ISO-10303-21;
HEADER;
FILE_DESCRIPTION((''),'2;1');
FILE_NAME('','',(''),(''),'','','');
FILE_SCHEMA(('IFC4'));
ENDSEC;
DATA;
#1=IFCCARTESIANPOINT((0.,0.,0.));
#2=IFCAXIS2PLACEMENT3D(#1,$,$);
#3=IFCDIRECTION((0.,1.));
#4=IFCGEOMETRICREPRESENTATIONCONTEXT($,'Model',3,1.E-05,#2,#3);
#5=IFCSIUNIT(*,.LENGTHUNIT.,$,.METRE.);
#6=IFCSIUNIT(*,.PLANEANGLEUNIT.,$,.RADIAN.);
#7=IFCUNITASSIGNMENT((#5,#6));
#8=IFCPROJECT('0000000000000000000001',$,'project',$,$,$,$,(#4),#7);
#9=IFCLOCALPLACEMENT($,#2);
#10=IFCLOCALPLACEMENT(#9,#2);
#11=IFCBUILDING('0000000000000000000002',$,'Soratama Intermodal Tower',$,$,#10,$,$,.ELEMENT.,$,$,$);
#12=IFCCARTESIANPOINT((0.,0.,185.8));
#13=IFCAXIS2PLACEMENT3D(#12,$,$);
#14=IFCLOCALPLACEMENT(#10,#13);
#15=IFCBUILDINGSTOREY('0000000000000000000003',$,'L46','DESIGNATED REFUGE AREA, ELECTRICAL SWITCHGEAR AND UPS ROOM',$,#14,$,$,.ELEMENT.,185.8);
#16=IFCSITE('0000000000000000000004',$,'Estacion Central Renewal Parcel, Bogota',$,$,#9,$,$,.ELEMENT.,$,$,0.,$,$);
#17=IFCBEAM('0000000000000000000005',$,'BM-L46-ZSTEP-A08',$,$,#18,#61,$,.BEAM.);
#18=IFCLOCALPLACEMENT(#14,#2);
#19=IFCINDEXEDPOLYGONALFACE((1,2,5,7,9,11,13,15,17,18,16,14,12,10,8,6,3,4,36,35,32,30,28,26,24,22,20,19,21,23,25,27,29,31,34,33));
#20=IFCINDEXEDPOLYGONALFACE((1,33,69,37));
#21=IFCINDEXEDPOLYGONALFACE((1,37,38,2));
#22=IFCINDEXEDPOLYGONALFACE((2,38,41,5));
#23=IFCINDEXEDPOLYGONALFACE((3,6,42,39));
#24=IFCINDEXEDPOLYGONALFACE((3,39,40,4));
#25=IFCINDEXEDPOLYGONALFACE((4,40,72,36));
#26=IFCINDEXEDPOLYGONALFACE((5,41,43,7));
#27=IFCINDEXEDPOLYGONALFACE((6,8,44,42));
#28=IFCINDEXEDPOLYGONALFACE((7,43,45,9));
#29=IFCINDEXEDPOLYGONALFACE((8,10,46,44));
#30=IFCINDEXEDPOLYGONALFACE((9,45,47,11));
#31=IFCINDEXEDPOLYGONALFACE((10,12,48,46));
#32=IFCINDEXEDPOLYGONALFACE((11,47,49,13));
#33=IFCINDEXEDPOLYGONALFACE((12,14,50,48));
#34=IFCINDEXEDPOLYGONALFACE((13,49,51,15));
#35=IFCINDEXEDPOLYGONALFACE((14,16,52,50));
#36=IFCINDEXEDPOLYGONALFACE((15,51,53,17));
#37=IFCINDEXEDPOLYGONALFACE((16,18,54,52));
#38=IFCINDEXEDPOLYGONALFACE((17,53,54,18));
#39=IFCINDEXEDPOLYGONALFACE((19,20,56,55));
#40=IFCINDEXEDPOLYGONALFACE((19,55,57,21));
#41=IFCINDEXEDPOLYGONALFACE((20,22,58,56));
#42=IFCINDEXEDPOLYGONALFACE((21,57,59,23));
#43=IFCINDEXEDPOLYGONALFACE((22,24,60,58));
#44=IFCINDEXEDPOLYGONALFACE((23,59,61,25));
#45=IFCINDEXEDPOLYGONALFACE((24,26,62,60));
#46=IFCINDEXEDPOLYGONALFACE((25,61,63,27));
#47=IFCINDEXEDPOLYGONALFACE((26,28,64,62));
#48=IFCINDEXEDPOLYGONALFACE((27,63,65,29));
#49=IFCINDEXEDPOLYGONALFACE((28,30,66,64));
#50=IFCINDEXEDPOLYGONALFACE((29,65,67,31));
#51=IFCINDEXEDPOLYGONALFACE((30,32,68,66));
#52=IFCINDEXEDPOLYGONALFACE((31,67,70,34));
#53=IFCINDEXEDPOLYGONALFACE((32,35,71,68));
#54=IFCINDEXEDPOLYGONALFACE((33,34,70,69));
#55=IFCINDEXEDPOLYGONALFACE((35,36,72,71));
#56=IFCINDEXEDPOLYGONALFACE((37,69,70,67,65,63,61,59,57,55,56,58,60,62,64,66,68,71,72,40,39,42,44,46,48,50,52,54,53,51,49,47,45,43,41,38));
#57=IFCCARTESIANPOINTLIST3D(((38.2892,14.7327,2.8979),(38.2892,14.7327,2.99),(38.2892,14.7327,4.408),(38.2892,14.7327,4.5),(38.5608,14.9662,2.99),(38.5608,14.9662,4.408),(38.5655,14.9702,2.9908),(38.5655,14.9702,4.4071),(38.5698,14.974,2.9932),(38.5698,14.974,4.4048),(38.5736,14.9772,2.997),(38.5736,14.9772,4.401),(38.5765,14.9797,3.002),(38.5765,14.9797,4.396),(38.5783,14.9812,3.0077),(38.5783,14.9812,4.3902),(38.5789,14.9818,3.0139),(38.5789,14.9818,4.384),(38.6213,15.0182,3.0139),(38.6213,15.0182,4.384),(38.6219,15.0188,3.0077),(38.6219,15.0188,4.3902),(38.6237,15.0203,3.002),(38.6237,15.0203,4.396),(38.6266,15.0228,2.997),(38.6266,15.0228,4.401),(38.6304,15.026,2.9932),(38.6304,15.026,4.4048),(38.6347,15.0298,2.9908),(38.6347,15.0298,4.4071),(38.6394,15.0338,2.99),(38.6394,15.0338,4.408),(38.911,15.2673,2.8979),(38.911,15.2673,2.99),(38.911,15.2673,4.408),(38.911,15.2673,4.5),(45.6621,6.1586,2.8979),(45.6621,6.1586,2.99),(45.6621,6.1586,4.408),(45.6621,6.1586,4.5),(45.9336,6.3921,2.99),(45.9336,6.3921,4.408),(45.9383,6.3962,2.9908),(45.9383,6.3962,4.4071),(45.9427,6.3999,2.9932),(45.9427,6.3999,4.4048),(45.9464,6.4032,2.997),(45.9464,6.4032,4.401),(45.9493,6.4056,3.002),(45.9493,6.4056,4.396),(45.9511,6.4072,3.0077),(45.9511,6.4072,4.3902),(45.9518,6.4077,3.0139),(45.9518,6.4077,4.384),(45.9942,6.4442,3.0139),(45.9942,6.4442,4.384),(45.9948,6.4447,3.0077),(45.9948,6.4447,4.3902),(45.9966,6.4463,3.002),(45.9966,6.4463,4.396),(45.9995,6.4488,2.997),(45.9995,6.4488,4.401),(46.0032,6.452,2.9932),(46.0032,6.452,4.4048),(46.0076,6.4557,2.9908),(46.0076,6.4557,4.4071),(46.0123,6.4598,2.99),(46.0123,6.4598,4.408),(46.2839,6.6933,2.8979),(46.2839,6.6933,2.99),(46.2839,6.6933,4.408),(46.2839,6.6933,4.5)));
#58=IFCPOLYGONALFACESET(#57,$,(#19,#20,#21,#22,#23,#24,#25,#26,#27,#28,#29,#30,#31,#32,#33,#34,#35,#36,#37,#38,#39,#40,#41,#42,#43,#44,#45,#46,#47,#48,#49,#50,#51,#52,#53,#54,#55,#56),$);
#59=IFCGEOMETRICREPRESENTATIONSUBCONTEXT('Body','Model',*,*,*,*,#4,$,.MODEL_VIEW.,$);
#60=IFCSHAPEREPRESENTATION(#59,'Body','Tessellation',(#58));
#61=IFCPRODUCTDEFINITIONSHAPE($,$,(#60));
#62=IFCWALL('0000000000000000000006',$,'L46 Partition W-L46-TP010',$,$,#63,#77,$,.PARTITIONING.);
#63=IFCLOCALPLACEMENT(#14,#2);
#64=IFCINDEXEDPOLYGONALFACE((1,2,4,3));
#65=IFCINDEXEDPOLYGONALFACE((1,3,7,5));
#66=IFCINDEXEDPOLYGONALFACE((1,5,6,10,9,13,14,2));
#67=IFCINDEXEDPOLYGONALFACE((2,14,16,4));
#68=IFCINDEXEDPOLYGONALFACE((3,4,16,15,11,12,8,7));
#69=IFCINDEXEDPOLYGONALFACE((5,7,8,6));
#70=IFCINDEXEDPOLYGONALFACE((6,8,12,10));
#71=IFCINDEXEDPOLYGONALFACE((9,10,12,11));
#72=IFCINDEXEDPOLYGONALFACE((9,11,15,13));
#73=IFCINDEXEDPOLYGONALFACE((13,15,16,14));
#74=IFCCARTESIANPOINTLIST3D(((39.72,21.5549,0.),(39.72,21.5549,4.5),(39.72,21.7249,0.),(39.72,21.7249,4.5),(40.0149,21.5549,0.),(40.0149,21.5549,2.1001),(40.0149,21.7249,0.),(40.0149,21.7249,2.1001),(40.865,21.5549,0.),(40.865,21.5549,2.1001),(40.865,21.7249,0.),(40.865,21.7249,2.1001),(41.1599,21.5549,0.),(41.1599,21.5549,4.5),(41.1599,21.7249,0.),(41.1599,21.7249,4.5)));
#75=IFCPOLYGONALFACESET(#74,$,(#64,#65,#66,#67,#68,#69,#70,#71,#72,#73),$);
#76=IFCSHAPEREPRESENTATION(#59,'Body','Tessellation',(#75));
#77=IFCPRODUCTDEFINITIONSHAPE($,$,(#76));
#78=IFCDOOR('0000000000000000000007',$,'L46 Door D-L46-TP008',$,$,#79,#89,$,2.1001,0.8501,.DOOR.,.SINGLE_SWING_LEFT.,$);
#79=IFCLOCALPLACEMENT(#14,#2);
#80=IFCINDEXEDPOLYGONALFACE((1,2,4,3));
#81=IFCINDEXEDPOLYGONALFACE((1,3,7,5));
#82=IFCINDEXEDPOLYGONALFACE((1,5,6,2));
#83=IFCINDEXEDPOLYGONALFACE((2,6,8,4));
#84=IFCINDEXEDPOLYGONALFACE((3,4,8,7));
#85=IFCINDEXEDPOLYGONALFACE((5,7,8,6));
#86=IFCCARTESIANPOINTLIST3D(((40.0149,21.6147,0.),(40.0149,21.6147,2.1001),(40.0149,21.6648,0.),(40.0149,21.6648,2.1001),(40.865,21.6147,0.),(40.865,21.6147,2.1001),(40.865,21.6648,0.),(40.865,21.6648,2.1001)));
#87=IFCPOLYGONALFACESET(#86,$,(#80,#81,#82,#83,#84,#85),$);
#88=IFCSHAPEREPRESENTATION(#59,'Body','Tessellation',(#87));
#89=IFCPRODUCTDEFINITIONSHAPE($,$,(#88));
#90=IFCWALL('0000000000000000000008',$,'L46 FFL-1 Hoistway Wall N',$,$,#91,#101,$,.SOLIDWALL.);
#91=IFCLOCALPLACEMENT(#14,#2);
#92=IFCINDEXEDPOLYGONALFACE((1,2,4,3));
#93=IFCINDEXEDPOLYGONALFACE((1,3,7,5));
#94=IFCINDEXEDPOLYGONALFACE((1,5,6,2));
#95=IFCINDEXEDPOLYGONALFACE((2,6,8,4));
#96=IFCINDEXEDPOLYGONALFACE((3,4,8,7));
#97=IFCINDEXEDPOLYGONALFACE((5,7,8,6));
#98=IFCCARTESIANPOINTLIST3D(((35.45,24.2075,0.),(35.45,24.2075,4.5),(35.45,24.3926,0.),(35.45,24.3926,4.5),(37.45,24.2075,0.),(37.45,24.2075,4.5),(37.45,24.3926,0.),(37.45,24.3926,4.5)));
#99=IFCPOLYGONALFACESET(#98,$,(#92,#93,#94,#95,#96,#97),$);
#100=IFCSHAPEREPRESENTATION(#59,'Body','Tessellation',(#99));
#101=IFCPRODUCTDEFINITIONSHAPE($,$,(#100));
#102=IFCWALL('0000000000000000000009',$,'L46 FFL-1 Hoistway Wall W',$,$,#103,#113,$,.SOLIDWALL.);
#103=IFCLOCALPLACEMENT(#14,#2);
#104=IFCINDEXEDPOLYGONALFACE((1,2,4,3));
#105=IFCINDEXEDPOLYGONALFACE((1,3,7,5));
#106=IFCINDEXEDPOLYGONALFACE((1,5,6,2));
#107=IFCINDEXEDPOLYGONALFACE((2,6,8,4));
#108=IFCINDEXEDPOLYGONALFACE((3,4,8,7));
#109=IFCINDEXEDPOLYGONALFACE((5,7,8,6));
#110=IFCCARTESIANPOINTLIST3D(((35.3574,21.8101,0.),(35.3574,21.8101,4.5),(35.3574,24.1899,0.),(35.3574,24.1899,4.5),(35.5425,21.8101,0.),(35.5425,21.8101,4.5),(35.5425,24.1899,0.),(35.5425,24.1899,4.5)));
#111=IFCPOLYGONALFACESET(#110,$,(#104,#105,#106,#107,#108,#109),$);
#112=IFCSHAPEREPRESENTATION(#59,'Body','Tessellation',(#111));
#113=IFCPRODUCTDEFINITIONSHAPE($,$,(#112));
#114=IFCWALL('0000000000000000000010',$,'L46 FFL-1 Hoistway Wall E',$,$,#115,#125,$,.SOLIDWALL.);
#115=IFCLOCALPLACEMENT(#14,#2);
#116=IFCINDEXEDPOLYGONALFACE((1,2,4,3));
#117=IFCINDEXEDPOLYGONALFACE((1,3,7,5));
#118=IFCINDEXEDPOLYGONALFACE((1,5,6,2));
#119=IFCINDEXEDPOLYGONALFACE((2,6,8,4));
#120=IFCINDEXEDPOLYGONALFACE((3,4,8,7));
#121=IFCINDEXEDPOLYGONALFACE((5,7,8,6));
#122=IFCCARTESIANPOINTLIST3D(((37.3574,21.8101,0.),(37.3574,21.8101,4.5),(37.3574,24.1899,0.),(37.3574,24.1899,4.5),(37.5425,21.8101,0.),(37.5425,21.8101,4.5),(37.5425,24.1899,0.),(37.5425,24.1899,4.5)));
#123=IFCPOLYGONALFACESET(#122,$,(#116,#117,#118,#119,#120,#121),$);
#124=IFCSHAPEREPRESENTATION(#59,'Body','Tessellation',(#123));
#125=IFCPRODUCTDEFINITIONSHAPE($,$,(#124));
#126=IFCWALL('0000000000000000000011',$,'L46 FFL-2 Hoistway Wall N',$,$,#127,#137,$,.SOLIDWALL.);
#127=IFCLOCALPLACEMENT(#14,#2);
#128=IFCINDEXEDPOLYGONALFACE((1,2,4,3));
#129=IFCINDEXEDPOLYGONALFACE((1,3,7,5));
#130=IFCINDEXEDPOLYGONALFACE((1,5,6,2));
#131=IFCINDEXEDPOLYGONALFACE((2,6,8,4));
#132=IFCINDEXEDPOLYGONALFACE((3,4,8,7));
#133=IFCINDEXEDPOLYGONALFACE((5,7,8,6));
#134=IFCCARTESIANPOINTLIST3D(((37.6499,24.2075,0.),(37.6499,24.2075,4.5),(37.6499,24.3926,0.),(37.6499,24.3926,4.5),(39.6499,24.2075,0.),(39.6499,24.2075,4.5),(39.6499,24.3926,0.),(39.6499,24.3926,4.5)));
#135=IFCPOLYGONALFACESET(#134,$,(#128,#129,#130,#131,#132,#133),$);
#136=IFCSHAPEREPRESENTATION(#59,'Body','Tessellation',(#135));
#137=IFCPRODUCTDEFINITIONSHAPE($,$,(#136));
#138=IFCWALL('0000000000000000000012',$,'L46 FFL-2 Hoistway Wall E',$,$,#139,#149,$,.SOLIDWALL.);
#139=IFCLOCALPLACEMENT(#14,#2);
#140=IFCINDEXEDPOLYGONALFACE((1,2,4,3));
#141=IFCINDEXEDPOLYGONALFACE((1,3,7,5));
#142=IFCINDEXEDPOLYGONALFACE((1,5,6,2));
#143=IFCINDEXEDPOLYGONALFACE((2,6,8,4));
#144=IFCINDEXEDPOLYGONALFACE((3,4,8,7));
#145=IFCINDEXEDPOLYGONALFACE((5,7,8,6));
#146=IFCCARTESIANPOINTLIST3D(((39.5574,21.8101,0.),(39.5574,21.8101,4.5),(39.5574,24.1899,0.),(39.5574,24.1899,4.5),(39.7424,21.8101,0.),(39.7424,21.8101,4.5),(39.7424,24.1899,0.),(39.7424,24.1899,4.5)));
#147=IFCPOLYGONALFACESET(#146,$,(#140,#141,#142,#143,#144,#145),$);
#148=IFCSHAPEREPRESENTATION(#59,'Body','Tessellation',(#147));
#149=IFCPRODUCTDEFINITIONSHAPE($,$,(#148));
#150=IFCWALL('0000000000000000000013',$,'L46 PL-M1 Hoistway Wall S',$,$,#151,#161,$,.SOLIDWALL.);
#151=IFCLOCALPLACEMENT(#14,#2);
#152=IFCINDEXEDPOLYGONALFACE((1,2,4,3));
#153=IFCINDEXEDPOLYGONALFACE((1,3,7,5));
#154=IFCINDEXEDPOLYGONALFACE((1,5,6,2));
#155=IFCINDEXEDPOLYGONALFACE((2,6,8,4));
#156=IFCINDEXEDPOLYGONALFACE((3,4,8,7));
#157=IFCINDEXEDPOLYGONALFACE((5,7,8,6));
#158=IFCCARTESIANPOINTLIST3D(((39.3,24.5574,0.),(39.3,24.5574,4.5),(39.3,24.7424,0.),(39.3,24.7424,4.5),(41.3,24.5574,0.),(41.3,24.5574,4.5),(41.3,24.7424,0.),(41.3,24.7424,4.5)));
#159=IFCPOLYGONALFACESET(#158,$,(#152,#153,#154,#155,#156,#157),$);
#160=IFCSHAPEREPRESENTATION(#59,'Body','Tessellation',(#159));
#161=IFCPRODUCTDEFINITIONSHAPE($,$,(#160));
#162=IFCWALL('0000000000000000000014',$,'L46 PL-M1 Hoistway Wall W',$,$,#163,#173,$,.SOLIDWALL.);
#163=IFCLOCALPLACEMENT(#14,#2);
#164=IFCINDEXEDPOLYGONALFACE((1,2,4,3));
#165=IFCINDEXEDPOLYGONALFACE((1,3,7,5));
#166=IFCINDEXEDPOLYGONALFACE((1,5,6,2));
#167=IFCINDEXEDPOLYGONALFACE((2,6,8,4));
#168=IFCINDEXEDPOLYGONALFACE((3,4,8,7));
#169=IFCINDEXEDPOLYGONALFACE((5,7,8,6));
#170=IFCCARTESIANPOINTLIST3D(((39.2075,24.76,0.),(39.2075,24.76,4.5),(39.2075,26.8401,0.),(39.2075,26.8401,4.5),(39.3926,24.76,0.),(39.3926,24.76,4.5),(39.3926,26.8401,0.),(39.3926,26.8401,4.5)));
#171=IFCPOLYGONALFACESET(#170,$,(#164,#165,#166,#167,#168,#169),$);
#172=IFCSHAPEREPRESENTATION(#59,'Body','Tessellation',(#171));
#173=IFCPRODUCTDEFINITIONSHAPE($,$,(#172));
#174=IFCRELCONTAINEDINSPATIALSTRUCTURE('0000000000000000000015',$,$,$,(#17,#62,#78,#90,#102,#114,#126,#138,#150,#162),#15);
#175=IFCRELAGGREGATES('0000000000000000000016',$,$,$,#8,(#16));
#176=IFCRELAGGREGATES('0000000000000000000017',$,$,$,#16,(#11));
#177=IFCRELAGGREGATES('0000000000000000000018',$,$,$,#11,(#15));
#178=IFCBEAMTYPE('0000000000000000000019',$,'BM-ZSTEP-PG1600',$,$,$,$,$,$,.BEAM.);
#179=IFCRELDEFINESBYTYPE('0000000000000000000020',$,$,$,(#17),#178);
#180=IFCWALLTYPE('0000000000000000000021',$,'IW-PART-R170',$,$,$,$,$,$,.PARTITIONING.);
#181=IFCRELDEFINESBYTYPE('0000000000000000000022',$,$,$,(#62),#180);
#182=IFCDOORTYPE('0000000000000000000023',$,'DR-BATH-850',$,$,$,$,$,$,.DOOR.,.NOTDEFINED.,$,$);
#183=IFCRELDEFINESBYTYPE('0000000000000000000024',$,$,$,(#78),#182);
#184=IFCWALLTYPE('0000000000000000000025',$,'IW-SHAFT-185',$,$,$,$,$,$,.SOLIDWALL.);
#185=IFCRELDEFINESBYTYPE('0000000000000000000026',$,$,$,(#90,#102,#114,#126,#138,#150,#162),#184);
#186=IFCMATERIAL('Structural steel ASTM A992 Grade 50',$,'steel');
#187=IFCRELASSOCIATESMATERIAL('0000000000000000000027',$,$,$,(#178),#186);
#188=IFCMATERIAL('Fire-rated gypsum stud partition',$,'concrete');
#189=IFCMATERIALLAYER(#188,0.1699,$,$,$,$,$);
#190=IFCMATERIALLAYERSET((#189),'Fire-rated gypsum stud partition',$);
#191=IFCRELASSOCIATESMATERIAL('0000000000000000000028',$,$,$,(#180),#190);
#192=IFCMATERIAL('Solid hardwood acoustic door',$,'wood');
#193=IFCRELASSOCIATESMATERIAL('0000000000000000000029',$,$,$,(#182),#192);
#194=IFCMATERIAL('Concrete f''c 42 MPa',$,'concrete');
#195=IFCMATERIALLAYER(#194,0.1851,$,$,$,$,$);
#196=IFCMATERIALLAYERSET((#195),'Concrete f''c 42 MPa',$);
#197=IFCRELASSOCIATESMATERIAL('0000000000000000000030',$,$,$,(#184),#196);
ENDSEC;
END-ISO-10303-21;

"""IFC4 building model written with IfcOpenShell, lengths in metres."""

from ifc_helpers import new_model, si_unit, direction, frame, frame_2d, origin, origin_2d, place, context, subcontext, project, spatial, rectangle, i_section, extrude, material, layer, layer_set, material_profile, profile_set, type_object, element, fill, save


model = new_model("IFC4")

# Units and contexts
model_context = context("Model", 3, precision=1e-05, world=origin(), true_north=direction((0.0, 1.0)))
body_context = subcontext(model_context, "Body", "Model", "MODEL_VIEW")
ifc_project = project(units=[si_unit("LENGTHUNIT", "METRE"), si_unit("PLANEANGLEUNIT", "RADIAN")], contexts=[model_context])

# Site, building, storey
site_placement = place(None, origin())
site = spatial("IfcSite", under=ifc_project, at=site_placement, Name="Estacion Central Renewal Parcel, Bogota", CompositionType="ELEMENT", RefElevation=0.0)
building_placement = place(site_placement, origin())
building = spatial("IfcBuilding", under=site, at=building_placement, Name="Soratama Intermodal Tower", CompositionType="ELEMENT")
storey_placement = place(building_placement, frame((0.0, 0.0, 185.8)))
storey = spatial("IfcBuildingStorey", under=building, at=storey_placement, Name="L46", Description="DESIGNATED REFUGE AREA, ELECTRICAL SWITCHGEAR AND UPS ROOM", CompositionType="ELEMENT", Elevation=185.8)

# Beam
ifc_material_1 = material(Name="Structural steel ASTM A992 Grade 50", Category="steel")
ifc_material_profile = material_profile(ifc_material_1, i_section(OverallWidth=0.8201, OverallDepth=1.6021, WebThickness=0.0559, FlangeThickness=0.092, FilletRadius=0.0239, at=origin_2d()), Name="PG1600X650")
ifc_profile_set = profile_set([ifc_material_profile], Name="Structural steel ASTM A992 Grade 50")
beam_type = type_object("IfcBeamType", Name="BM-ZSTEP-PG1600", PredefinedType="BEAM", material=ifc_profile_set)
beam_placement = place(storey_placement, frame((38.6001, 15.0, 3.699), z_axis=(0.651998, -0.758221, 0.0), x_axis=(0.758221, 0.651998, 0.0)))
element("IfcBeam", 1, at=beam_placement, inside=storey, type_object=beam_type, Name="BM-L46-ZSTEP-A08", PredefinedType="BEAM", context=body_context, shape_type="SweptSolid", body=[
    extrude(i_section(OverallWidth=0.8201, OverallDepth=1.6021, WebThickness=0.0559, FlangeThickness=0.092, FilletRadius=0.0239, at=origin_2d()), origin(), (0.0, 0.0, 1.0), 11.3081),
])

# Wall, opening, door
ifc_material_2 = material(Name="Fire-rated gypsum stud partition", Category="concrete")
ifc_layer_1 = layer(ifc_material_2, 0.1699)
ifc_layer_set_1 = layer_set([ifc_layer_1], Name="Fire-rated gypsum stud partition")
wall_type_1 = type_object("IfcWallType", Name="IW-PART-R170", PredefinedType="PARTITIONING", material=ifc_layer_set_1)
wall_1_placement = place(storey_placement, frame((39.72, 21.6399, 0.0), z_axis=(0.0, 0.0, 1.0), x_axis=(1.0, 0.0, 0.0)))
wall_1 = element("IfcWall", 2, at=wall_1_placement, inside=storey, type_object=wall_type_1, Name="L46 Partition W-L46-TP010", PredefinedType="PARTITIONING", context=body_context, shape_type="SweptSolid", body=[
    extrude(rectangle(XDim=1.4399, YDim=0.1699, at=frame_2d((0.72, 0.0))), origin(), (0.0, 0.0, 1.0), 4.5),
])
opening_1_placement = place(wall_1_placement, frame((0.2949, 0.0, 0.0)))
opening_1 = element("IfcOpeningElement", 3, at=opening_1_placement, cuts=wall_1, PredefinedType="OPENING", context=body_context, shape_type="SweptSolid", body=[
    extrude(rectangle(XDim=0.8501, YDim=2.1001, at=frame_2d((0.425, 1.05))), frame((0.0, 0.095, 0.0), z_axis=(0.0, -1.0, 0.0), x_axis=(1.0, 0.0, 0.0)), (0.0, 0.0, 1.0), 0.1899),
])
ifc_material_3 = material(Name="Solid hardwood acoustic door", Category="wood")
door_type_1 = type_object("IfcDoorType", Name="DR-BATH-850", OperationType="NOTDEFINED", PredefinedType="DOOR", material=ifc_material_3)
door_1_placement = place(opening_1_placement, origin())
door_1 = element("IfcDoor", 4, at=door_1_placement, inside=storey, type_object=door_type_1, Name="L46 Door D-L46-TP008", OperationType="SINGLE_SWING_LEFT", OverallHeight=2.1001, OverallWidth=0.8501, PredefinedType="DOOR", context=body_context, shape_type="SweptSolid", body=[
    extrude(rectangle(XDim=0.8501, YDim=2.1001, at=frame_2d((0.425, 1.05))), frame((0.0, 0.0249, 0.0), z_axis=(0.0, -1.0, 0.0), x_axis=(1.0, 0.0, 0.0)), (0.0, 0.0, 1.0), 0.05),
])
fill(opening_1, door_1)
ifc_material_4 = material(Name="Concrete f'c 42 MPa", Category="concrete")
ifc_layer_2 = layer(ifc_material_4, 0.1851)
ifc_layer_set_2 = layer_set([ifc_layer_2], Name="Concrete f'c 42 MPa")
wall_type_2 = type_object("IfcWallType", Name="IW-SHAFT-185", PredefinedType="SOLIDWALL", material=ifc_layer_set_2)

# Walls
wall_2_placement = place(storey_placement, frame((35.45, 24.3, 0.0), z_axis=(0.0, 0.0, 1.0), x_axis=(1.0, 0.0, 0.0)))
element("IfcWall", 5, at=wall_2_placement, inside=storey, type_object=wall_type_2, Name="L46 FFL-1 Hoistway Wall N", PredefinedType="SOLIDWALL", context=body_context, shape_type="SweptSolid", body=[
    extrude(rectangle(XDim=2.0, YDim=0.1851, at=frame_2d((1.0, 0.0))), origin(), (0.0, 0.0, 1.0), 4.5),
])
for number, where, z_axis, x_axis, name in (
    (6, (35.45, 21.8101, 0.0), (0.0, 0.0, 1.0), (0.0, 1.0, 0.0), "L46 FFL-1 Hoistway Wall W"),
    (7, (37.45, 21.8101, 0.0), (0.0, 0.0, 1.0), (0.0, 1.0, 0.0), "L46 FFL-1 Hoistway Wall E"),
):
    element("IfcWall", number, at=place(storey_placement, frame(where, z_axis=z_axis, x_axis=x_axis)), inside=storey, type_object=wall_type_2, Name=name, PredefinedType="SOLIDWALL", context=body_context, shape_type="SweptSolid", body=[
        extrude(rectangle(XDim=2.3799, YDim=0.1851, at=frame_2d((1.1899, 0.0))), origin(), (0.0, 0.0, 1.0), 4.5),
    ])

# Walls
wall_3_placement = place(storey_placement, frame((37.6499, 24.3, 0.0), z_axis=(0.0, 0.0, 1.0), x_axis=(1.0, 0.0, 0.0)))
element("IfcWall", 8, at=wall_3_placement, inside=storey, type_object=wall_type_2, Name="L46 FFL-2 Hoistway Wall N", PredefinedType="SOLIDWALL", context=body_context, shape_type="SweptSolid", body=[
    extrude(rectangle(XDim=2.0, YDim=0.1851, at=frame_2d((1.0, 0.0))), origin(), (0.0, 0.0, 1.0), 4.5),
])
wall_4_placement = place(storey_placement, frame((39.6499, 21.8101, 0.0), z_axis=(0.0, 0.0, 1.0), x_axis=(0.0, 1.0, 0.0)))
element("IfcWall", 9, at=wall_4_placement, inside=storey, type_object=wall_type_2, Name="L46 FFL-2 Hoistway Wall E", PredefinedType="SOLIDWALL", context=body_context, shape_type="SweptSolid", body=[
    extrude(rectangle(XDim=2.3799, YDim=0.1851, at=frame_2d((1.1899, 0.0))), origin(), (0.0, 0.0, 1.0), 4.5),
])

# Walls
wall_5_placement = place(storey_placement, frame((39.3, 24.6499, 0.0), z_axis=(0.0, 0.0, 1.0), x_axis=(1.0, 0.0, 0.0)))
element("IfcWall", 10, at=wall_5_placement, inside=storey, type_object=wall_type_2, Name="L46 PL-M1 Hoistway Wall S", PredefinedType="SOLIDWALL", context=body_context, shape_type="SweptSolid", body=[
    extrude(rectangle(XDim=2.0, YDim=0.1851, at=frame_2d((1.0, 0.0))), origin(), (0.0, 0.0, 1.0), 4.5),
])
wall_6_placement = place(storey_placement, frame((39.3, 24.76, 0.0), z_axis=(0.0, 0.0, 1.0), x_axis=(0.0, 1.0, 0.0)))
element("IfcWall", 11, at=wall_6_placement, inside=storey, type_object=wall_type_2, Name="L46 PL-M1 Hoistway Wall W", PredefinedType="SOLIDWALL", context=body_context, shape_type="SweptSolid", body=[
    extrude(rectangle(XDim=2.0801, YDim=0.1851, at=frame_2d((1.04, 0.0))), origin(), (0.0, 0.0, 1.0), 4.5),
])

save(model, "model.ifc")
